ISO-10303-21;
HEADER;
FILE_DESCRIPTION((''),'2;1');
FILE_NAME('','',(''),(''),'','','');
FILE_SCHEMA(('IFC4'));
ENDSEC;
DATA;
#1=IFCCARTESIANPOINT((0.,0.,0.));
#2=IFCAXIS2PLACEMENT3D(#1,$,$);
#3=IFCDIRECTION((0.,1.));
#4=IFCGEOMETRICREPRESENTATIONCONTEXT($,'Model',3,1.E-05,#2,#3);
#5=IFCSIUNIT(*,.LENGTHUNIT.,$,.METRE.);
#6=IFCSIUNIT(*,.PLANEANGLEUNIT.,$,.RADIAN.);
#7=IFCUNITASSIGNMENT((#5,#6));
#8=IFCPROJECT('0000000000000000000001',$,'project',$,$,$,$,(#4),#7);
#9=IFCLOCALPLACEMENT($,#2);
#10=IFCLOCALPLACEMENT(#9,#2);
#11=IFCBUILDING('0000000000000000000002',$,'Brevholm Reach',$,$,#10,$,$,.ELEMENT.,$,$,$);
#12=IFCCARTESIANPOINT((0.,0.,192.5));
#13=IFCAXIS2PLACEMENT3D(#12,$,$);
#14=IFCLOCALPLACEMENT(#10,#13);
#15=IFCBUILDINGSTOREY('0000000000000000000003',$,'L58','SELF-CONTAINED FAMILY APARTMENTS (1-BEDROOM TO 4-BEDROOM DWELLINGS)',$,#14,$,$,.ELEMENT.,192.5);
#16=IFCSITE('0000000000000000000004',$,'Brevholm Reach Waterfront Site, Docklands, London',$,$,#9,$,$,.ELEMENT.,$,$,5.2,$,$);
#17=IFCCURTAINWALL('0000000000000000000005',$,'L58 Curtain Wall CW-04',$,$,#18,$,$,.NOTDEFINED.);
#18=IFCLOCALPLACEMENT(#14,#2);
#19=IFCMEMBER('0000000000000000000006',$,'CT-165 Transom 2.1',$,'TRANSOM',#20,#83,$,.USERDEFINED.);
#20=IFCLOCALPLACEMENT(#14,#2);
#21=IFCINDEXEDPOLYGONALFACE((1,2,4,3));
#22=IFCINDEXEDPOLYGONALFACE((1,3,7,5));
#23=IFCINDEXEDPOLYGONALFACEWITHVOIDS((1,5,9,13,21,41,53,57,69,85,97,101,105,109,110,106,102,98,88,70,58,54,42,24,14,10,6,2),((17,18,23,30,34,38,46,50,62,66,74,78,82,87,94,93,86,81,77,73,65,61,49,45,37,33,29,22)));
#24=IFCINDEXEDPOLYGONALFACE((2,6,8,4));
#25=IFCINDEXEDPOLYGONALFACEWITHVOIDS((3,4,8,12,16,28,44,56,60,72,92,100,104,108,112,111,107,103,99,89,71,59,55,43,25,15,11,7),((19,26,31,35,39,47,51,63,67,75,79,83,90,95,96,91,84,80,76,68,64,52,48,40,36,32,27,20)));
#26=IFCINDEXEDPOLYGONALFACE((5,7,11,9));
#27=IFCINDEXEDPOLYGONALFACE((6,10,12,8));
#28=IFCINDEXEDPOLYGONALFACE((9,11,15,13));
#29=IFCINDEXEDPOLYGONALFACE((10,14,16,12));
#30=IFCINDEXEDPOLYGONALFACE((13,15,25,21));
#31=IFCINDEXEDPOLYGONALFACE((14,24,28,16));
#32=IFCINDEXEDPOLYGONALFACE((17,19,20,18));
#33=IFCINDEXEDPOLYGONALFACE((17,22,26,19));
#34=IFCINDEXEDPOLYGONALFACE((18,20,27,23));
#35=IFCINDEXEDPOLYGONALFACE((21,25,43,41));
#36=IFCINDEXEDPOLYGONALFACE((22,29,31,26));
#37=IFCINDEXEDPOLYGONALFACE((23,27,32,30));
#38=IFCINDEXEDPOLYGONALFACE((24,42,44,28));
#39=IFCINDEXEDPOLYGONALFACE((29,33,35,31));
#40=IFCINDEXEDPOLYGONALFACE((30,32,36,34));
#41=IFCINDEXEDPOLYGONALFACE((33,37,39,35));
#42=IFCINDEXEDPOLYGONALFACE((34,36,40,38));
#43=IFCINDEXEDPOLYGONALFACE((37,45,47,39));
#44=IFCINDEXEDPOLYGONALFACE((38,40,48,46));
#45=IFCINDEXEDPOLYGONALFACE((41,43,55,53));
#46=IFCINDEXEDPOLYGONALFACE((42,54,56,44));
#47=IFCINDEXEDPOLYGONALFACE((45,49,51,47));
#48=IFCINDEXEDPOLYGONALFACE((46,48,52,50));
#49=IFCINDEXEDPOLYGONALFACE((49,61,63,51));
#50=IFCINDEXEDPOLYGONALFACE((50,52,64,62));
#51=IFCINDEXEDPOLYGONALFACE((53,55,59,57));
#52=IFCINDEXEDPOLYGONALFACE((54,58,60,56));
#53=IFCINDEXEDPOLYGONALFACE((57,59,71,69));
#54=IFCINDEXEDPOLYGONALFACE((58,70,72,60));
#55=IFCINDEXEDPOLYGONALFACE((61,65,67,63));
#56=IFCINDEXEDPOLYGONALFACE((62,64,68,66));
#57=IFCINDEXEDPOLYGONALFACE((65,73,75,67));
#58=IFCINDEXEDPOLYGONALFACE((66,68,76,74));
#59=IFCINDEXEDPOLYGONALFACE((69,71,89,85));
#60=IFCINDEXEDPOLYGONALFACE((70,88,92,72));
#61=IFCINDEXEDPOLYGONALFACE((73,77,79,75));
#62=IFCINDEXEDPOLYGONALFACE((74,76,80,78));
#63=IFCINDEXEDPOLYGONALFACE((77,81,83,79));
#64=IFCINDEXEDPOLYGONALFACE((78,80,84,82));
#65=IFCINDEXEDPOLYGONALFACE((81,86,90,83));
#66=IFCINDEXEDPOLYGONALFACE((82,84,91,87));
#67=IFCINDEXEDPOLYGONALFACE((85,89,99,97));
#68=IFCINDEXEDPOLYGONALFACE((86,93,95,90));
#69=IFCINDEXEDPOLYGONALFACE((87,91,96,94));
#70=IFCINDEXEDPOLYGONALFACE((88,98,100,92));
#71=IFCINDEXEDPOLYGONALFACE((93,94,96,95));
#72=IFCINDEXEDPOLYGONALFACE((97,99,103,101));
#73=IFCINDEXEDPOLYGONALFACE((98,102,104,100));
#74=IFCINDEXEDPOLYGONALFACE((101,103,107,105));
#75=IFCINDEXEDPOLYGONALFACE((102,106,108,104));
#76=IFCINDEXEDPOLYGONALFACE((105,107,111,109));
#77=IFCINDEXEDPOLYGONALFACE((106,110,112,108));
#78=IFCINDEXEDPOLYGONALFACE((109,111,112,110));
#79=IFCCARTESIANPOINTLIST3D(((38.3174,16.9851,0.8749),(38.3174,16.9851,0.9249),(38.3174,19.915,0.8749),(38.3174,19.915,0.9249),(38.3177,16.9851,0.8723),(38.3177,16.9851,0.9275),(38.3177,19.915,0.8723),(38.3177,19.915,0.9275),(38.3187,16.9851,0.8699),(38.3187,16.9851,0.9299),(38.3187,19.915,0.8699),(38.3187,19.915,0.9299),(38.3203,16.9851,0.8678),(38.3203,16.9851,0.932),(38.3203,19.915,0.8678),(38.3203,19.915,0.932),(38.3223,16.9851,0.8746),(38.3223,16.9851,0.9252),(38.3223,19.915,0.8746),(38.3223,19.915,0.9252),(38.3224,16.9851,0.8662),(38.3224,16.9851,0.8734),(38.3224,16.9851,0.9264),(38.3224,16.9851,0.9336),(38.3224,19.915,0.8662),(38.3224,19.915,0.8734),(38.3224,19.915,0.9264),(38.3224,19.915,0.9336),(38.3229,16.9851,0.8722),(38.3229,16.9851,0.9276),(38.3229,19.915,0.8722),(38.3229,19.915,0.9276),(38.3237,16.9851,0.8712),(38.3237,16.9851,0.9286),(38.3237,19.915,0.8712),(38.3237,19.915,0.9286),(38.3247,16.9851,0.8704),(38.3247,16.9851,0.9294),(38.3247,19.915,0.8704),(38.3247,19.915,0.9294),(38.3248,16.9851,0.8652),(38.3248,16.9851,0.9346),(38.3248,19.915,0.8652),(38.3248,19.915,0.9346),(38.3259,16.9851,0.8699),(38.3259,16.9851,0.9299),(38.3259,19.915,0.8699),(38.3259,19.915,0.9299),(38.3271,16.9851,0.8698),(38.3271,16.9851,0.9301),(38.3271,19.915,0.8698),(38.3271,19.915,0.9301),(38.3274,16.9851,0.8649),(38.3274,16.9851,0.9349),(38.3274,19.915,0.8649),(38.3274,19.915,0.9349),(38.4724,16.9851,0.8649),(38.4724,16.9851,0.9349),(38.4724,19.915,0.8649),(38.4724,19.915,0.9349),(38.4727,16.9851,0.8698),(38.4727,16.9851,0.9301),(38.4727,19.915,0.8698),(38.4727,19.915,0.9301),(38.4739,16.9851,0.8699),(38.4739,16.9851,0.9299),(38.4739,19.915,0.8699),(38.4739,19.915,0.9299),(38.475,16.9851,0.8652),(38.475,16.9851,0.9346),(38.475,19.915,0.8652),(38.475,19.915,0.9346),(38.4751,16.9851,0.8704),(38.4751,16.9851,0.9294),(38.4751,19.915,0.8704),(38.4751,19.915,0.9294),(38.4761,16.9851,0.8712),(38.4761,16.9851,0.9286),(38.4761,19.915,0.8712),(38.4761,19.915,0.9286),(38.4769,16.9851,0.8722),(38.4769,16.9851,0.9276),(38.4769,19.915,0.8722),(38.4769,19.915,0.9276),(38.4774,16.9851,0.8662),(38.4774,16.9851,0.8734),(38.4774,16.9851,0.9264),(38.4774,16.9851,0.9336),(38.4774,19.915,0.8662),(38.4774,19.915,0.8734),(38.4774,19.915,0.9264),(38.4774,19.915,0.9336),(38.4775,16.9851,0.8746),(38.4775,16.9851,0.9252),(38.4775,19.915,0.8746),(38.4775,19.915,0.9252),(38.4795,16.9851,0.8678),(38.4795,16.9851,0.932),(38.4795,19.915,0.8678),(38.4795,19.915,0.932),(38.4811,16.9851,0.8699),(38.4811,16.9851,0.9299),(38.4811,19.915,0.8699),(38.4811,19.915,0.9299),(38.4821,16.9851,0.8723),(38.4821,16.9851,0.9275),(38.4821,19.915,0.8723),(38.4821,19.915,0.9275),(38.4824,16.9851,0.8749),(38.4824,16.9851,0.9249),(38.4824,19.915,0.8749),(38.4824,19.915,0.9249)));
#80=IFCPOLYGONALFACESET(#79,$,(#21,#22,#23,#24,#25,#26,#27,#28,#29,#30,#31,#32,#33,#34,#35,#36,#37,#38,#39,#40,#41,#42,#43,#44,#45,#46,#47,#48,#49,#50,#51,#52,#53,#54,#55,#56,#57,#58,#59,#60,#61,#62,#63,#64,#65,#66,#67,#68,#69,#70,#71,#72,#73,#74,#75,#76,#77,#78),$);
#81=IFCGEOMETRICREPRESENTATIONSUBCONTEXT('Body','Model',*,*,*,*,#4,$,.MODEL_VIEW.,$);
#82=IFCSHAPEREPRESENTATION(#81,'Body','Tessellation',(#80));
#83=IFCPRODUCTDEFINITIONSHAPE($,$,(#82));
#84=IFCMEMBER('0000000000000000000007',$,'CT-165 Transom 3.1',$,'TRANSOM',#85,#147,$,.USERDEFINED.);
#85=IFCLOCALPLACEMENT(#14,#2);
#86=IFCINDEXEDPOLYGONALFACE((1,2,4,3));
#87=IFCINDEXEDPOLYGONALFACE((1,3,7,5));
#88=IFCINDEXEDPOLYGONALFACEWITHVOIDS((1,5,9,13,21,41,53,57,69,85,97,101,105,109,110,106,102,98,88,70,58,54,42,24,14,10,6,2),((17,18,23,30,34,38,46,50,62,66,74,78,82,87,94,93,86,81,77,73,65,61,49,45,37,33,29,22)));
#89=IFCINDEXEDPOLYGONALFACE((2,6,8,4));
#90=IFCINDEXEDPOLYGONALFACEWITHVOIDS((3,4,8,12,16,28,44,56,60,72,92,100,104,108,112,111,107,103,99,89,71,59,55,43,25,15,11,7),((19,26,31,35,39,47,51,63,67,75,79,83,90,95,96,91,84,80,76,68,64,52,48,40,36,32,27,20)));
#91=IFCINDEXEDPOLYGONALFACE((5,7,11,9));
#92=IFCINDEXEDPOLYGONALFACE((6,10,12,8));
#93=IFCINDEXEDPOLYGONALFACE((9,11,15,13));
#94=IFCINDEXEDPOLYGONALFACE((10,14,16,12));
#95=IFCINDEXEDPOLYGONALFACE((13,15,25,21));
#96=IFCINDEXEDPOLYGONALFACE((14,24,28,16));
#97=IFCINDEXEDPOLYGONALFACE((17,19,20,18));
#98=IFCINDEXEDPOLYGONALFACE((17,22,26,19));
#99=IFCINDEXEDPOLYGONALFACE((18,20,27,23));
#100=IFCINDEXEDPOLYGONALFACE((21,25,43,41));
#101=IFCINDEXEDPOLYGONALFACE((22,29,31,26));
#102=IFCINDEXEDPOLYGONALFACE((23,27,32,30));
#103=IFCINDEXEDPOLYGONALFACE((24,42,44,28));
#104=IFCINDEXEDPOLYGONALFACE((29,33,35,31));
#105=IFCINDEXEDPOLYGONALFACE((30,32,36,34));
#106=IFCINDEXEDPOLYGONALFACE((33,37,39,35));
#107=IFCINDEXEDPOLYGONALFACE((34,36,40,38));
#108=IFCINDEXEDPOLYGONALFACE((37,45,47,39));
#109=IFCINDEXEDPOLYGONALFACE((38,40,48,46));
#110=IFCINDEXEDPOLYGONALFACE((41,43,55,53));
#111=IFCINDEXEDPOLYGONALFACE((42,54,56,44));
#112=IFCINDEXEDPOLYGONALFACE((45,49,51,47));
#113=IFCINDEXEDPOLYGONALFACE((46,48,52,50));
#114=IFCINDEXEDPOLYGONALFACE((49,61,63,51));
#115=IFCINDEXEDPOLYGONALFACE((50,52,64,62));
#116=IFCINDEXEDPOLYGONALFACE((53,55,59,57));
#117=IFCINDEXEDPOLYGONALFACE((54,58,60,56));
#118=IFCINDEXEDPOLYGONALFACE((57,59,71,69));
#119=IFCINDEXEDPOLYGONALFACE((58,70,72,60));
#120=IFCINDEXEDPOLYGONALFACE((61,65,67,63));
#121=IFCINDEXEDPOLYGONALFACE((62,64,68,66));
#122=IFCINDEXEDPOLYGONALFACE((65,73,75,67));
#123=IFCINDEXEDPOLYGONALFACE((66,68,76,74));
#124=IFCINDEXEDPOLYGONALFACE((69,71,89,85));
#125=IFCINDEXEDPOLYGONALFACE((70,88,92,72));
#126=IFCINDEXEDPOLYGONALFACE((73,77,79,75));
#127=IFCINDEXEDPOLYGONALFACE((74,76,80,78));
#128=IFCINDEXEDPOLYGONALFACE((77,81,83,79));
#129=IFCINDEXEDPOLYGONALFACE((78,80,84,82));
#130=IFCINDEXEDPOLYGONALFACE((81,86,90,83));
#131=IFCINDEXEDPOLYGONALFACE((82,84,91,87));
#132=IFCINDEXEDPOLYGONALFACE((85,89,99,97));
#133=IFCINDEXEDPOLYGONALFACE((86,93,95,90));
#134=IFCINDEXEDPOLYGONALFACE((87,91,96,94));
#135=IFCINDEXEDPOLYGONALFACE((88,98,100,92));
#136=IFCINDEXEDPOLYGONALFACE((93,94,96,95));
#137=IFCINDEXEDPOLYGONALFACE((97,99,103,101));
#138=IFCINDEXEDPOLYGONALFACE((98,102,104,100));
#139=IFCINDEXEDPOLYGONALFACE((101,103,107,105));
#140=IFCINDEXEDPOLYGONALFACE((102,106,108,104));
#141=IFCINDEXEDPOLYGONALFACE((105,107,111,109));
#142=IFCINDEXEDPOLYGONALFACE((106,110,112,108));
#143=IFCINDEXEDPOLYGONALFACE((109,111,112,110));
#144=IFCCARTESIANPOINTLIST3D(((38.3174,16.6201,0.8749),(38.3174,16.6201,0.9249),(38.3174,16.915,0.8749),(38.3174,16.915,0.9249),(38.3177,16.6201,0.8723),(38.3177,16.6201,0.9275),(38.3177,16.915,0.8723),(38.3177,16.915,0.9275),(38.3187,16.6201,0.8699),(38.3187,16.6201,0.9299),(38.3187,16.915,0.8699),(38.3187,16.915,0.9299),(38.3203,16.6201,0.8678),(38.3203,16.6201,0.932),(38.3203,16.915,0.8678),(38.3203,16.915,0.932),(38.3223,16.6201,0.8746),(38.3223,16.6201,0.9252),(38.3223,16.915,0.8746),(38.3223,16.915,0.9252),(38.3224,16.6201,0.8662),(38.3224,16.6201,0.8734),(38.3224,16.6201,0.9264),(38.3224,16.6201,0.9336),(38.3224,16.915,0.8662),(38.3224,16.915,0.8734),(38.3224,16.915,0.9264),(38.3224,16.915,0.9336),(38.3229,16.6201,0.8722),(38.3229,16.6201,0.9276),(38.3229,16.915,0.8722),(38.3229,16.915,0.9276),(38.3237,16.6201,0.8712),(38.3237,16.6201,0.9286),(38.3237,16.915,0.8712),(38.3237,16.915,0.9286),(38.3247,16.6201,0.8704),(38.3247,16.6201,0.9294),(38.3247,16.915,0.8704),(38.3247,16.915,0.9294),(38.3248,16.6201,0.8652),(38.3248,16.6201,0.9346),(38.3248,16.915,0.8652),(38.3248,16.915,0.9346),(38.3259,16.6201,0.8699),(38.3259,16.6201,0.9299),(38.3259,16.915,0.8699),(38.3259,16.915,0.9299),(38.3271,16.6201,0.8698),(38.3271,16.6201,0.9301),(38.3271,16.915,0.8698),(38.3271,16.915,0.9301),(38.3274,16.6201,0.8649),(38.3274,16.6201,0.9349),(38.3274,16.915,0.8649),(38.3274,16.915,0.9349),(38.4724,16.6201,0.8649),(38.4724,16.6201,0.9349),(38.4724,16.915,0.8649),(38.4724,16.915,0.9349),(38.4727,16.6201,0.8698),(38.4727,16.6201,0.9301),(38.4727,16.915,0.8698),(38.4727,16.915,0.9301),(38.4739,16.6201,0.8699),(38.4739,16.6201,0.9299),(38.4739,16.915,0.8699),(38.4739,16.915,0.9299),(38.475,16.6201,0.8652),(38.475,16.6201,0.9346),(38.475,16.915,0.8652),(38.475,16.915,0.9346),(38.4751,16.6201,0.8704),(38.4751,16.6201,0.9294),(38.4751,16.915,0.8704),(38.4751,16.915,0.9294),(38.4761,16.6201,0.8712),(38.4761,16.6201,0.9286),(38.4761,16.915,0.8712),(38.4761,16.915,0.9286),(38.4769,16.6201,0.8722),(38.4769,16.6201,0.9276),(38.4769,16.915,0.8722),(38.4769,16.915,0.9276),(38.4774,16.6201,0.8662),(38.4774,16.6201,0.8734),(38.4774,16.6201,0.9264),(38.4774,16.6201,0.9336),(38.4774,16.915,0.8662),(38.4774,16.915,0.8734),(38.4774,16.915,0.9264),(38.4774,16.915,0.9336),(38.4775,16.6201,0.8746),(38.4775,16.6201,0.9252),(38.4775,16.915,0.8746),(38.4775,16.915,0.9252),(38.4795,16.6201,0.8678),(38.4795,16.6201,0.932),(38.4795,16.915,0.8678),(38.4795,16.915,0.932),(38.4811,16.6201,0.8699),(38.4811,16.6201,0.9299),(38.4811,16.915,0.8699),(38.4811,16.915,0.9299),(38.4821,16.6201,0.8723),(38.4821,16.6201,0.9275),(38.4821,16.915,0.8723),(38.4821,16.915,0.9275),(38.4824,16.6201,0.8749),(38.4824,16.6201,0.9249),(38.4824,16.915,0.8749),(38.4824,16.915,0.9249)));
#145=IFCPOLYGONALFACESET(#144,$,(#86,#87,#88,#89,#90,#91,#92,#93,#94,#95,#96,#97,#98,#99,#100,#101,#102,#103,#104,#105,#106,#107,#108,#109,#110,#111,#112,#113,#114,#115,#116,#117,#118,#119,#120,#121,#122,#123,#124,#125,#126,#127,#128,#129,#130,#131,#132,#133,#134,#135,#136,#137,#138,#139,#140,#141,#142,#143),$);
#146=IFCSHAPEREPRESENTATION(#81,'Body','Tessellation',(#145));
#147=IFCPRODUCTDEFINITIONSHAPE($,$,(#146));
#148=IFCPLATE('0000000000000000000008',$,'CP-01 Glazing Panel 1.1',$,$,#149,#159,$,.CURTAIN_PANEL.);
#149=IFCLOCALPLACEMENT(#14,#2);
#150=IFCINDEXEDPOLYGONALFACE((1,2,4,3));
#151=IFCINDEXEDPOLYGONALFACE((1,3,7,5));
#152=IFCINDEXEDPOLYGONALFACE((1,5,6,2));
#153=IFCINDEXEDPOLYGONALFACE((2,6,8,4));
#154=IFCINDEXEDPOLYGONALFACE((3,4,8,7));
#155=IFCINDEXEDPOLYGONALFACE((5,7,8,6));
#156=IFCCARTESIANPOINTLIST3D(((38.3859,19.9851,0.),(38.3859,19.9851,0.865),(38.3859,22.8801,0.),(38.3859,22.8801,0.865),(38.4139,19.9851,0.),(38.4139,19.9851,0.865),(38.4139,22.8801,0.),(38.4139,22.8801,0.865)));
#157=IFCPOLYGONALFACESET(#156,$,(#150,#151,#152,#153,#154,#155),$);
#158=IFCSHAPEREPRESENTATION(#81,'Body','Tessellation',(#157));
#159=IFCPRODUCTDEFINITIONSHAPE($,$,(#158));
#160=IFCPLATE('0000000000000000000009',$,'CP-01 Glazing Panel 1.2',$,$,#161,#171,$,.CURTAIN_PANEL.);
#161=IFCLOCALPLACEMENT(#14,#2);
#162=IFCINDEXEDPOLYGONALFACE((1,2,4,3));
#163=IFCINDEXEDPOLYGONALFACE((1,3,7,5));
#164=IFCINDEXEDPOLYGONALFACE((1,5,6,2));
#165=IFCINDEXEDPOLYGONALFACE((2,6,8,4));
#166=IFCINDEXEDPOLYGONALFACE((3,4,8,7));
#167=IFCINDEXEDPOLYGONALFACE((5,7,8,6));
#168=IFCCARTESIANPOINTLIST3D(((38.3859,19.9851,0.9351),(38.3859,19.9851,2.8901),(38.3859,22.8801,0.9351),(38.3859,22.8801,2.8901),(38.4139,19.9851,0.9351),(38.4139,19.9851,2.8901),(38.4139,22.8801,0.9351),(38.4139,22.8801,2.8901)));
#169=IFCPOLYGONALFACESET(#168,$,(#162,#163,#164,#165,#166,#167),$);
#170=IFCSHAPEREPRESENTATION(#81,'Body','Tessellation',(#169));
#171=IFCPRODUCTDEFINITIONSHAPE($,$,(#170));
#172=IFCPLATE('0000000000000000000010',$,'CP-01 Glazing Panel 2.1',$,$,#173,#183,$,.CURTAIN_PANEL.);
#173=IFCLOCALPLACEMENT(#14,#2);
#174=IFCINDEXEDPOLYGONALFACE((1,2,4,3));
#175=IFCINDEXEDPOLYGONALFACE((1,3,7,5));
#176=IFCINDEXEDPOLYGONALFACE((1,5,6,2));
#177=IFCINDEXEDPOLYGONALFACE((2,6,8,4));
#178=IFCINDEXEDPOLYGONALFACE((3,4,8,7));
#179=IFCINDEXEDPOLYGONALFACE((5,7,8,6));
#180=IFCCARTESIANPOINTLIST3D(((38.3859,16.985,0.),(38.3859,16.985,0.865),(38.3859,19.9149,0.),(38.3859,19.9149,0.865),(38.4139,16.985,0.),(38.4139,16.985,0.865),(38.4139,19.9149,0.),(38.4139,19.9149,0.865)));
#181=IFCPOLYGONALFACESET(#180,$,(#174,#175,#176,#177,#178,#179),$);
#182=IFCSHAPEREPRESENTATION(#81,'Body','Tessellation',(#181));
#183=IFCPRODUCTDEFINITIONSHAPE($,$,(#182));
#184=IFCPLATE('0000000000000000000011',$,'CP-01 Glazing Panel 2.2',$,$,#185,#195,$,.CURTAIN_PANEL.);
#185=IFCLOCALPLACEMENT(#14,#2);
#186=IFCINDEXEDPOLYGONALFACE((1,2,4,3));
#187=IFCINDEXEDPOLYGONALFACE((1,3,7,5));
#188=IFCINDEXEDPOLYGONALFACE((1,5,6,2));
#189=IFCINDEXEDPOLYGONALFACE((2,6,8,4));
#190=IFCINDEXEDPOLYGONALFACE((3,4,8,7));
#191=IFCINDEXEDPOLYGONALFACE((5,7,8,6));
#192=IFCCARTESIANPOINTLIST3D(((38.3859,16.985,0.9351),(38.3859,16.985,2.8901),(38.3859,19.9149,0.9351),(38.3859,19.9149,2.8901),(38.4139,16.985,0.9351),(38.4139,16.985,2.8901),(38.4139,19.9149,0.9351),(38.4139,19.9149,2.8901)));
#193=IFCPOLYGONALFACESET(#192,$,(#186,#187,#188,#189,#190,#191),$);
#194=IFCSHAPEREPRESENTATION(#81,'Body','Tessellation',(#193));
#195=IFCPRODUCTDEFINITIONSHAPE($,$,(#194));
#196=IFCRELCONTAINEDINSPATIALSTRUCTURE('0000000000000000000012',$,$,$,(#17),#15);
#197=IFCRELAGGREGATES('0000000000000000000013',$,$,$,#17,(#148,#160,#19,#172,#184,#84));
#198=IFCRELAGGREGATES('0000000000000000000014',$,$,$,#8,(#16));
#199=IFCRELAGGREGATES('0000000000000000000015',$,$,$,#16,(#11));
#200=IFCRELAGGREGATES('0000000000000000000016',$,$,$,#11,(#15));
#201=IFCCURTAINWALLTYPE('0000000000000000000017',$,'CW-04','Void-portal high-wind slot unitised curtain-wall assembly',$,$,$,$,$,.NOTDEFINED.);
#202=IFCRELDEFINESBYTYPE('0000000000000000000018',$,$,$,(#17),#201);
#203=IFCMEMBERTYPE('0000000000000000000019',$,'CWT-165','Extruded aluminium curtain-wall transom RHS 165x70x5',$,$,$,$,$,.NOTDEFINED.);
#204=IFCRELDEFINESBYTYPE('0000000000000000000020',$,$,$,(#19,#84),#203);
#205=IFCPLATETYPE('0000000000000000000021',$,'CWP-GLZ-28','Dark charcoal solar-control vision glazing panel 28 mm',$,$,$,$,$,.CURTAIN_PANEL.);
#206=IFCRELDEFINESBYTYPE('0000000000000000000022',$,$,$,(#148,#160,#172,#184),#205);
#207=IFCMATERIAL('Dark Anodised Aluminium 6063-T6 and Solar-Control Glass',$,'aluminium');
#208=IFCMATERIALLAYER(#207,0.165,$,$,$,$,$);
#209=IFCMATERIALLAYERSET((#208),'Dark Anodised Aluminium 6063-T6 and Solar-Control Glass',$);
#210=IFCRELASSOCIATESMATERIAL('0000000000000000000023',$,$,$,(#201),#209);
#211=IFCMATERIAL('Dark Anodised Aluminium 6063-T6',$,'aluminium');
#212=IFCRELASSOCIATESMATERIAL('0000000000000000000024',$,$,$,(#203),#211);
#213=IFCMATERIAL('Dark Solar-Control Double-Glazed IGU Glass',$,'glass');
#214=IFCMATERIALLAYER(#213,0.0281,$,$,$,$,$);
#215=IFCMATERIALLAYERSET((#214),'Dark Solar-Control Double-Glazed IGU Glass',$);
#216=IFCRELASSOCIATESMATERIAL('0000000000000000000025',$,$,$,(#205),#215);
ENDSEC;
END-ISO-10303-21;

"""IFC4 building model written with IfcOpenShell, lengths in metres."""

from ifc_helpers import new_model, si_unit, direction, frame, origin, origin_2d, place, context, subcontext, project, spatial, rectangle, hollow_rectangle, extrude, material, layer, layer_set, material_profile, profile_set, type_object, element, aggregate, save


model = new_model("IFC4")

# Units and contexts
model_context = context("Model", 3, precision=1e-05, world=origin(), true_north=direction((0.0, 1.0)))
body_context = subcontext(model_context, "Body", "Model", "MODEL_VIEW")
ifc_project = project(units=[si_unit("LENGTHUNIT", "METRE"), si_unit("PLANEANGLEUNIT", "RADIAN")], contexts=[model_context])

# Site, building, storey
site_placement = place(None, origin())
site = spatial("IfcSite", under=ifc_project, at=site_placement, Name="Brevholm Reach Waterfront Site, Docklands, London", CompositionType="ELEMENT", RefElevation=5.2)
building_placement = place(site_placement, origin())
building = spatial("IfcBuilding", under=site, at=building_placement, Name="Brevholm Reach", CompositionType="ELEMENT")
storey_placement = place(building_placement, frame((0.0, 0.0, 192.5)))
storey = spatial("IfcBuildingStorey", under=building, at=storey_placement, Name="L58", Description="SELF-CONTAINED FAMILY APARTMENTS (1-BEDROOM TO 4-BEDROOM DWELLINGS)", CompositionType="ELEMENT", Elevation=192.5)

# Curtain wall, members, plates
ifc_material_1 = material(Name="Dark Anodised Aluminium 6063-T6 and Solar-Control Glass", Category="aluminium")
ifc_layer_1 = layer(ifc_material_1, 0.165)
ifc_layer_set_1 = layer_set([ifc_layer_1], Name="Dark Anodised Aluminium 6063-T6 and Solar-Control Glass")
curtain_wall_type = type_object("IfcCurtainWallType", Name="CW-04", Description="Void-portal high-wind slot unitised curtain-wall assembly", PredefinedType="NOTDEFINED", material=ifc_layer_set_1)
curtain_wall_placement = place(storey_placement, origin())
curtain_wall = element("IfcCurtainWall", 1, at=curtain_wall_placement, inside=storey, type_object=curtain_wall_type, Name="L58 Curtain Wall CW-04", PredefinedType="NOTDEFINED")
ifc_material_2 = material(Name="Dark Anodised Aluminium 6063-T6", Category="aluminium")
ifc_material_profile_1 = material_profile(ifc_material_2, hollow_rectangle(XDim=0.0701, YDim=0.165, WallThickness=0.0049, InnerFilletRadius=0.0049, OuterFilletRadius=0.01, at=origin_2d()), Name="RHS 165x70x5")
ifc_profile_set_1 = profile_set([ifc_material_profile_1], Name="Dark Anodised Aluminium 6063-T6")
member_type_1 = type_object("IfcMemberType", Name="CWT-165", Description="Extruded aluminium curtain-wall transom RHS 165x70x5", PredefinedType="NOTDEFINED", material=ifc_profile_set_1)
member_1_placement = place(storey_placement, frame((38.3999, 19.915, 0.8999), z_axis=(0.0, -1.0, 0.0), x_axis=(0.0, 0.0, 1.0)))
member_1 = element("IfcMember", 2, at=member_1_placement, type_object=member_type_1, Name="CT-165 Transom 2.1", ObjectType="TRANSOM", PredefinedType="USERDEFINED", context=body_context, shape_type="SweptSolid", body=[
    extrude(hollow_rectangle(XDim=0.0701, YDim=0.165, WallThickness=0.0049, InnerFilletRadius=0.0049, OuterFilletRadius=0.01, at=origin_2d()), origin(), (0.0, 0.0, 1.0), 2.9299),
])
member_2_placement = place(storey_placement, frame((38.3999, 16.915, 0.8999), z_axis=(0.0, -1.0, 0.0), x_axis=(0.0, 0.0, 1.0)))
member_2 = element("IfcMember", 3, at=member_2_placement, type_object=member_type_1, Name="CT-165 Transom 3.1", ObjectType="TRANSOM", PredefinedType="USERDEFINED", context=body_context, shape_type="SweptSolid", body=[
    extrude(hollow_rectangle(XDim=0.0701, YDim=0.165, WallThickness=0.0049, InnerFilletRadius=0.0049, OuterFilletRadius=0.01, at=origin_2d()), origin(), (0.0, 0.0, 1.0), 0.2949),
])
ifc_material_3 = material(Name="Dark Solar-Control Double-Glazed IGU Glass", Category="glass")
ifc_layer_2 = layer(ifc_material_3, 0.0281)
ifc_layer_set_2 = layer_set([ifc_layer_2], Name="Dark Solar-Control Double-Glazed IGU Glass")
plate_type = type_object("IfcPlateType", Name="CWP-GLZ-28", Description="Dark charcoal solar-control vision glazing panel 28 mm", PredefinedType="CURTAIN_PANEL", material=ifc_layer_set_2)
plate_1_placement = place(storey_placement, frame((38.3999, 21.4326, 0.0), z_axis=(0.0, 0.0, 1.0), x_axis=(0.0, -1.0, 0.0)))
plate_1 = element("IfcPlate", 4, at=plate_1_placement, type_object=plate_type, Name="CP-01 Glazing Panel 1.1", PredefinedType="CURTAIN_PANEL", context=body_context, shape_type="SweptSolid", body=[
    extrude(rectangle(XDim=2.895, YDim=0.0281, at=origin_2d()), origin(), (0.0, 0.0, 1.0), 0.865),
])
plate_2_placement = place(storey_placement, frame((38.3999, 21.4326, 0.9351), z_axis=(0.0, 0.0, 1.0), x_axis=(0.0, -1.0, 0.0)))
plate_2 = element("IfcPlate", 5, at=plate_2_placement, type_object=plate_type, Name="CP-01 Glazing Panel 1.2", PredefinedType="CURTAIN_PANEL", context=body_context, shape_type="SweptSolid", body=[
    extrude(rectangle(XDim=2.895, YDim=0.0281, at=origin_2d()), origin(), (0.0, 0.0, 1.0), 1.9551),
])
plate_3_placement = place(storey_placement, frame((38.3999, 18.45, 0.0), z_axis=(0.0, 0.0, 1.0), x_axis=(0.0, -1.0, 0.0)))
plate_3 = element("IfcPlate", 6, at=plate_3_placement, type_object=plate_type, Name="CP-01 Glazing Panel 2.1", PredefinedType="CURTAIN_PANEL", context=body_context, shape_type="SweptSolid", body=[
    extrude(rectangle(XDim=2.9299, YDim=0.0281, at=origin_2d()), origin(), (0.0, 0.0, 1.0), 0.865),
])
plate_4_placement = place(storey_placement, frame((38.3999, 18.45, 0.9351), z_axis=(0.0, 0.0, 1.0), x_axis=(0.0, -1.0, 0.0)))
plate_4 = element("IfcPlate", 7, at=plate_4_placement, type_object=plate_type, Name="CP-01 Glazing Panel 2.2", PredefinedType="CURTAIN_PANEL", context=body_context, shape_type="SweptSolid", body=[
    extrude(rectangle(XDim=2.9299, YDim=0.0281, at=origin_2d()), origin(), (0.0, 0.0, 1.0), 1.9551),
])
aggregate(curtain_wall, [plate_1, plate_2, member_1, plate_3, plate_4, member_2])

save(model, "model.ifc")
